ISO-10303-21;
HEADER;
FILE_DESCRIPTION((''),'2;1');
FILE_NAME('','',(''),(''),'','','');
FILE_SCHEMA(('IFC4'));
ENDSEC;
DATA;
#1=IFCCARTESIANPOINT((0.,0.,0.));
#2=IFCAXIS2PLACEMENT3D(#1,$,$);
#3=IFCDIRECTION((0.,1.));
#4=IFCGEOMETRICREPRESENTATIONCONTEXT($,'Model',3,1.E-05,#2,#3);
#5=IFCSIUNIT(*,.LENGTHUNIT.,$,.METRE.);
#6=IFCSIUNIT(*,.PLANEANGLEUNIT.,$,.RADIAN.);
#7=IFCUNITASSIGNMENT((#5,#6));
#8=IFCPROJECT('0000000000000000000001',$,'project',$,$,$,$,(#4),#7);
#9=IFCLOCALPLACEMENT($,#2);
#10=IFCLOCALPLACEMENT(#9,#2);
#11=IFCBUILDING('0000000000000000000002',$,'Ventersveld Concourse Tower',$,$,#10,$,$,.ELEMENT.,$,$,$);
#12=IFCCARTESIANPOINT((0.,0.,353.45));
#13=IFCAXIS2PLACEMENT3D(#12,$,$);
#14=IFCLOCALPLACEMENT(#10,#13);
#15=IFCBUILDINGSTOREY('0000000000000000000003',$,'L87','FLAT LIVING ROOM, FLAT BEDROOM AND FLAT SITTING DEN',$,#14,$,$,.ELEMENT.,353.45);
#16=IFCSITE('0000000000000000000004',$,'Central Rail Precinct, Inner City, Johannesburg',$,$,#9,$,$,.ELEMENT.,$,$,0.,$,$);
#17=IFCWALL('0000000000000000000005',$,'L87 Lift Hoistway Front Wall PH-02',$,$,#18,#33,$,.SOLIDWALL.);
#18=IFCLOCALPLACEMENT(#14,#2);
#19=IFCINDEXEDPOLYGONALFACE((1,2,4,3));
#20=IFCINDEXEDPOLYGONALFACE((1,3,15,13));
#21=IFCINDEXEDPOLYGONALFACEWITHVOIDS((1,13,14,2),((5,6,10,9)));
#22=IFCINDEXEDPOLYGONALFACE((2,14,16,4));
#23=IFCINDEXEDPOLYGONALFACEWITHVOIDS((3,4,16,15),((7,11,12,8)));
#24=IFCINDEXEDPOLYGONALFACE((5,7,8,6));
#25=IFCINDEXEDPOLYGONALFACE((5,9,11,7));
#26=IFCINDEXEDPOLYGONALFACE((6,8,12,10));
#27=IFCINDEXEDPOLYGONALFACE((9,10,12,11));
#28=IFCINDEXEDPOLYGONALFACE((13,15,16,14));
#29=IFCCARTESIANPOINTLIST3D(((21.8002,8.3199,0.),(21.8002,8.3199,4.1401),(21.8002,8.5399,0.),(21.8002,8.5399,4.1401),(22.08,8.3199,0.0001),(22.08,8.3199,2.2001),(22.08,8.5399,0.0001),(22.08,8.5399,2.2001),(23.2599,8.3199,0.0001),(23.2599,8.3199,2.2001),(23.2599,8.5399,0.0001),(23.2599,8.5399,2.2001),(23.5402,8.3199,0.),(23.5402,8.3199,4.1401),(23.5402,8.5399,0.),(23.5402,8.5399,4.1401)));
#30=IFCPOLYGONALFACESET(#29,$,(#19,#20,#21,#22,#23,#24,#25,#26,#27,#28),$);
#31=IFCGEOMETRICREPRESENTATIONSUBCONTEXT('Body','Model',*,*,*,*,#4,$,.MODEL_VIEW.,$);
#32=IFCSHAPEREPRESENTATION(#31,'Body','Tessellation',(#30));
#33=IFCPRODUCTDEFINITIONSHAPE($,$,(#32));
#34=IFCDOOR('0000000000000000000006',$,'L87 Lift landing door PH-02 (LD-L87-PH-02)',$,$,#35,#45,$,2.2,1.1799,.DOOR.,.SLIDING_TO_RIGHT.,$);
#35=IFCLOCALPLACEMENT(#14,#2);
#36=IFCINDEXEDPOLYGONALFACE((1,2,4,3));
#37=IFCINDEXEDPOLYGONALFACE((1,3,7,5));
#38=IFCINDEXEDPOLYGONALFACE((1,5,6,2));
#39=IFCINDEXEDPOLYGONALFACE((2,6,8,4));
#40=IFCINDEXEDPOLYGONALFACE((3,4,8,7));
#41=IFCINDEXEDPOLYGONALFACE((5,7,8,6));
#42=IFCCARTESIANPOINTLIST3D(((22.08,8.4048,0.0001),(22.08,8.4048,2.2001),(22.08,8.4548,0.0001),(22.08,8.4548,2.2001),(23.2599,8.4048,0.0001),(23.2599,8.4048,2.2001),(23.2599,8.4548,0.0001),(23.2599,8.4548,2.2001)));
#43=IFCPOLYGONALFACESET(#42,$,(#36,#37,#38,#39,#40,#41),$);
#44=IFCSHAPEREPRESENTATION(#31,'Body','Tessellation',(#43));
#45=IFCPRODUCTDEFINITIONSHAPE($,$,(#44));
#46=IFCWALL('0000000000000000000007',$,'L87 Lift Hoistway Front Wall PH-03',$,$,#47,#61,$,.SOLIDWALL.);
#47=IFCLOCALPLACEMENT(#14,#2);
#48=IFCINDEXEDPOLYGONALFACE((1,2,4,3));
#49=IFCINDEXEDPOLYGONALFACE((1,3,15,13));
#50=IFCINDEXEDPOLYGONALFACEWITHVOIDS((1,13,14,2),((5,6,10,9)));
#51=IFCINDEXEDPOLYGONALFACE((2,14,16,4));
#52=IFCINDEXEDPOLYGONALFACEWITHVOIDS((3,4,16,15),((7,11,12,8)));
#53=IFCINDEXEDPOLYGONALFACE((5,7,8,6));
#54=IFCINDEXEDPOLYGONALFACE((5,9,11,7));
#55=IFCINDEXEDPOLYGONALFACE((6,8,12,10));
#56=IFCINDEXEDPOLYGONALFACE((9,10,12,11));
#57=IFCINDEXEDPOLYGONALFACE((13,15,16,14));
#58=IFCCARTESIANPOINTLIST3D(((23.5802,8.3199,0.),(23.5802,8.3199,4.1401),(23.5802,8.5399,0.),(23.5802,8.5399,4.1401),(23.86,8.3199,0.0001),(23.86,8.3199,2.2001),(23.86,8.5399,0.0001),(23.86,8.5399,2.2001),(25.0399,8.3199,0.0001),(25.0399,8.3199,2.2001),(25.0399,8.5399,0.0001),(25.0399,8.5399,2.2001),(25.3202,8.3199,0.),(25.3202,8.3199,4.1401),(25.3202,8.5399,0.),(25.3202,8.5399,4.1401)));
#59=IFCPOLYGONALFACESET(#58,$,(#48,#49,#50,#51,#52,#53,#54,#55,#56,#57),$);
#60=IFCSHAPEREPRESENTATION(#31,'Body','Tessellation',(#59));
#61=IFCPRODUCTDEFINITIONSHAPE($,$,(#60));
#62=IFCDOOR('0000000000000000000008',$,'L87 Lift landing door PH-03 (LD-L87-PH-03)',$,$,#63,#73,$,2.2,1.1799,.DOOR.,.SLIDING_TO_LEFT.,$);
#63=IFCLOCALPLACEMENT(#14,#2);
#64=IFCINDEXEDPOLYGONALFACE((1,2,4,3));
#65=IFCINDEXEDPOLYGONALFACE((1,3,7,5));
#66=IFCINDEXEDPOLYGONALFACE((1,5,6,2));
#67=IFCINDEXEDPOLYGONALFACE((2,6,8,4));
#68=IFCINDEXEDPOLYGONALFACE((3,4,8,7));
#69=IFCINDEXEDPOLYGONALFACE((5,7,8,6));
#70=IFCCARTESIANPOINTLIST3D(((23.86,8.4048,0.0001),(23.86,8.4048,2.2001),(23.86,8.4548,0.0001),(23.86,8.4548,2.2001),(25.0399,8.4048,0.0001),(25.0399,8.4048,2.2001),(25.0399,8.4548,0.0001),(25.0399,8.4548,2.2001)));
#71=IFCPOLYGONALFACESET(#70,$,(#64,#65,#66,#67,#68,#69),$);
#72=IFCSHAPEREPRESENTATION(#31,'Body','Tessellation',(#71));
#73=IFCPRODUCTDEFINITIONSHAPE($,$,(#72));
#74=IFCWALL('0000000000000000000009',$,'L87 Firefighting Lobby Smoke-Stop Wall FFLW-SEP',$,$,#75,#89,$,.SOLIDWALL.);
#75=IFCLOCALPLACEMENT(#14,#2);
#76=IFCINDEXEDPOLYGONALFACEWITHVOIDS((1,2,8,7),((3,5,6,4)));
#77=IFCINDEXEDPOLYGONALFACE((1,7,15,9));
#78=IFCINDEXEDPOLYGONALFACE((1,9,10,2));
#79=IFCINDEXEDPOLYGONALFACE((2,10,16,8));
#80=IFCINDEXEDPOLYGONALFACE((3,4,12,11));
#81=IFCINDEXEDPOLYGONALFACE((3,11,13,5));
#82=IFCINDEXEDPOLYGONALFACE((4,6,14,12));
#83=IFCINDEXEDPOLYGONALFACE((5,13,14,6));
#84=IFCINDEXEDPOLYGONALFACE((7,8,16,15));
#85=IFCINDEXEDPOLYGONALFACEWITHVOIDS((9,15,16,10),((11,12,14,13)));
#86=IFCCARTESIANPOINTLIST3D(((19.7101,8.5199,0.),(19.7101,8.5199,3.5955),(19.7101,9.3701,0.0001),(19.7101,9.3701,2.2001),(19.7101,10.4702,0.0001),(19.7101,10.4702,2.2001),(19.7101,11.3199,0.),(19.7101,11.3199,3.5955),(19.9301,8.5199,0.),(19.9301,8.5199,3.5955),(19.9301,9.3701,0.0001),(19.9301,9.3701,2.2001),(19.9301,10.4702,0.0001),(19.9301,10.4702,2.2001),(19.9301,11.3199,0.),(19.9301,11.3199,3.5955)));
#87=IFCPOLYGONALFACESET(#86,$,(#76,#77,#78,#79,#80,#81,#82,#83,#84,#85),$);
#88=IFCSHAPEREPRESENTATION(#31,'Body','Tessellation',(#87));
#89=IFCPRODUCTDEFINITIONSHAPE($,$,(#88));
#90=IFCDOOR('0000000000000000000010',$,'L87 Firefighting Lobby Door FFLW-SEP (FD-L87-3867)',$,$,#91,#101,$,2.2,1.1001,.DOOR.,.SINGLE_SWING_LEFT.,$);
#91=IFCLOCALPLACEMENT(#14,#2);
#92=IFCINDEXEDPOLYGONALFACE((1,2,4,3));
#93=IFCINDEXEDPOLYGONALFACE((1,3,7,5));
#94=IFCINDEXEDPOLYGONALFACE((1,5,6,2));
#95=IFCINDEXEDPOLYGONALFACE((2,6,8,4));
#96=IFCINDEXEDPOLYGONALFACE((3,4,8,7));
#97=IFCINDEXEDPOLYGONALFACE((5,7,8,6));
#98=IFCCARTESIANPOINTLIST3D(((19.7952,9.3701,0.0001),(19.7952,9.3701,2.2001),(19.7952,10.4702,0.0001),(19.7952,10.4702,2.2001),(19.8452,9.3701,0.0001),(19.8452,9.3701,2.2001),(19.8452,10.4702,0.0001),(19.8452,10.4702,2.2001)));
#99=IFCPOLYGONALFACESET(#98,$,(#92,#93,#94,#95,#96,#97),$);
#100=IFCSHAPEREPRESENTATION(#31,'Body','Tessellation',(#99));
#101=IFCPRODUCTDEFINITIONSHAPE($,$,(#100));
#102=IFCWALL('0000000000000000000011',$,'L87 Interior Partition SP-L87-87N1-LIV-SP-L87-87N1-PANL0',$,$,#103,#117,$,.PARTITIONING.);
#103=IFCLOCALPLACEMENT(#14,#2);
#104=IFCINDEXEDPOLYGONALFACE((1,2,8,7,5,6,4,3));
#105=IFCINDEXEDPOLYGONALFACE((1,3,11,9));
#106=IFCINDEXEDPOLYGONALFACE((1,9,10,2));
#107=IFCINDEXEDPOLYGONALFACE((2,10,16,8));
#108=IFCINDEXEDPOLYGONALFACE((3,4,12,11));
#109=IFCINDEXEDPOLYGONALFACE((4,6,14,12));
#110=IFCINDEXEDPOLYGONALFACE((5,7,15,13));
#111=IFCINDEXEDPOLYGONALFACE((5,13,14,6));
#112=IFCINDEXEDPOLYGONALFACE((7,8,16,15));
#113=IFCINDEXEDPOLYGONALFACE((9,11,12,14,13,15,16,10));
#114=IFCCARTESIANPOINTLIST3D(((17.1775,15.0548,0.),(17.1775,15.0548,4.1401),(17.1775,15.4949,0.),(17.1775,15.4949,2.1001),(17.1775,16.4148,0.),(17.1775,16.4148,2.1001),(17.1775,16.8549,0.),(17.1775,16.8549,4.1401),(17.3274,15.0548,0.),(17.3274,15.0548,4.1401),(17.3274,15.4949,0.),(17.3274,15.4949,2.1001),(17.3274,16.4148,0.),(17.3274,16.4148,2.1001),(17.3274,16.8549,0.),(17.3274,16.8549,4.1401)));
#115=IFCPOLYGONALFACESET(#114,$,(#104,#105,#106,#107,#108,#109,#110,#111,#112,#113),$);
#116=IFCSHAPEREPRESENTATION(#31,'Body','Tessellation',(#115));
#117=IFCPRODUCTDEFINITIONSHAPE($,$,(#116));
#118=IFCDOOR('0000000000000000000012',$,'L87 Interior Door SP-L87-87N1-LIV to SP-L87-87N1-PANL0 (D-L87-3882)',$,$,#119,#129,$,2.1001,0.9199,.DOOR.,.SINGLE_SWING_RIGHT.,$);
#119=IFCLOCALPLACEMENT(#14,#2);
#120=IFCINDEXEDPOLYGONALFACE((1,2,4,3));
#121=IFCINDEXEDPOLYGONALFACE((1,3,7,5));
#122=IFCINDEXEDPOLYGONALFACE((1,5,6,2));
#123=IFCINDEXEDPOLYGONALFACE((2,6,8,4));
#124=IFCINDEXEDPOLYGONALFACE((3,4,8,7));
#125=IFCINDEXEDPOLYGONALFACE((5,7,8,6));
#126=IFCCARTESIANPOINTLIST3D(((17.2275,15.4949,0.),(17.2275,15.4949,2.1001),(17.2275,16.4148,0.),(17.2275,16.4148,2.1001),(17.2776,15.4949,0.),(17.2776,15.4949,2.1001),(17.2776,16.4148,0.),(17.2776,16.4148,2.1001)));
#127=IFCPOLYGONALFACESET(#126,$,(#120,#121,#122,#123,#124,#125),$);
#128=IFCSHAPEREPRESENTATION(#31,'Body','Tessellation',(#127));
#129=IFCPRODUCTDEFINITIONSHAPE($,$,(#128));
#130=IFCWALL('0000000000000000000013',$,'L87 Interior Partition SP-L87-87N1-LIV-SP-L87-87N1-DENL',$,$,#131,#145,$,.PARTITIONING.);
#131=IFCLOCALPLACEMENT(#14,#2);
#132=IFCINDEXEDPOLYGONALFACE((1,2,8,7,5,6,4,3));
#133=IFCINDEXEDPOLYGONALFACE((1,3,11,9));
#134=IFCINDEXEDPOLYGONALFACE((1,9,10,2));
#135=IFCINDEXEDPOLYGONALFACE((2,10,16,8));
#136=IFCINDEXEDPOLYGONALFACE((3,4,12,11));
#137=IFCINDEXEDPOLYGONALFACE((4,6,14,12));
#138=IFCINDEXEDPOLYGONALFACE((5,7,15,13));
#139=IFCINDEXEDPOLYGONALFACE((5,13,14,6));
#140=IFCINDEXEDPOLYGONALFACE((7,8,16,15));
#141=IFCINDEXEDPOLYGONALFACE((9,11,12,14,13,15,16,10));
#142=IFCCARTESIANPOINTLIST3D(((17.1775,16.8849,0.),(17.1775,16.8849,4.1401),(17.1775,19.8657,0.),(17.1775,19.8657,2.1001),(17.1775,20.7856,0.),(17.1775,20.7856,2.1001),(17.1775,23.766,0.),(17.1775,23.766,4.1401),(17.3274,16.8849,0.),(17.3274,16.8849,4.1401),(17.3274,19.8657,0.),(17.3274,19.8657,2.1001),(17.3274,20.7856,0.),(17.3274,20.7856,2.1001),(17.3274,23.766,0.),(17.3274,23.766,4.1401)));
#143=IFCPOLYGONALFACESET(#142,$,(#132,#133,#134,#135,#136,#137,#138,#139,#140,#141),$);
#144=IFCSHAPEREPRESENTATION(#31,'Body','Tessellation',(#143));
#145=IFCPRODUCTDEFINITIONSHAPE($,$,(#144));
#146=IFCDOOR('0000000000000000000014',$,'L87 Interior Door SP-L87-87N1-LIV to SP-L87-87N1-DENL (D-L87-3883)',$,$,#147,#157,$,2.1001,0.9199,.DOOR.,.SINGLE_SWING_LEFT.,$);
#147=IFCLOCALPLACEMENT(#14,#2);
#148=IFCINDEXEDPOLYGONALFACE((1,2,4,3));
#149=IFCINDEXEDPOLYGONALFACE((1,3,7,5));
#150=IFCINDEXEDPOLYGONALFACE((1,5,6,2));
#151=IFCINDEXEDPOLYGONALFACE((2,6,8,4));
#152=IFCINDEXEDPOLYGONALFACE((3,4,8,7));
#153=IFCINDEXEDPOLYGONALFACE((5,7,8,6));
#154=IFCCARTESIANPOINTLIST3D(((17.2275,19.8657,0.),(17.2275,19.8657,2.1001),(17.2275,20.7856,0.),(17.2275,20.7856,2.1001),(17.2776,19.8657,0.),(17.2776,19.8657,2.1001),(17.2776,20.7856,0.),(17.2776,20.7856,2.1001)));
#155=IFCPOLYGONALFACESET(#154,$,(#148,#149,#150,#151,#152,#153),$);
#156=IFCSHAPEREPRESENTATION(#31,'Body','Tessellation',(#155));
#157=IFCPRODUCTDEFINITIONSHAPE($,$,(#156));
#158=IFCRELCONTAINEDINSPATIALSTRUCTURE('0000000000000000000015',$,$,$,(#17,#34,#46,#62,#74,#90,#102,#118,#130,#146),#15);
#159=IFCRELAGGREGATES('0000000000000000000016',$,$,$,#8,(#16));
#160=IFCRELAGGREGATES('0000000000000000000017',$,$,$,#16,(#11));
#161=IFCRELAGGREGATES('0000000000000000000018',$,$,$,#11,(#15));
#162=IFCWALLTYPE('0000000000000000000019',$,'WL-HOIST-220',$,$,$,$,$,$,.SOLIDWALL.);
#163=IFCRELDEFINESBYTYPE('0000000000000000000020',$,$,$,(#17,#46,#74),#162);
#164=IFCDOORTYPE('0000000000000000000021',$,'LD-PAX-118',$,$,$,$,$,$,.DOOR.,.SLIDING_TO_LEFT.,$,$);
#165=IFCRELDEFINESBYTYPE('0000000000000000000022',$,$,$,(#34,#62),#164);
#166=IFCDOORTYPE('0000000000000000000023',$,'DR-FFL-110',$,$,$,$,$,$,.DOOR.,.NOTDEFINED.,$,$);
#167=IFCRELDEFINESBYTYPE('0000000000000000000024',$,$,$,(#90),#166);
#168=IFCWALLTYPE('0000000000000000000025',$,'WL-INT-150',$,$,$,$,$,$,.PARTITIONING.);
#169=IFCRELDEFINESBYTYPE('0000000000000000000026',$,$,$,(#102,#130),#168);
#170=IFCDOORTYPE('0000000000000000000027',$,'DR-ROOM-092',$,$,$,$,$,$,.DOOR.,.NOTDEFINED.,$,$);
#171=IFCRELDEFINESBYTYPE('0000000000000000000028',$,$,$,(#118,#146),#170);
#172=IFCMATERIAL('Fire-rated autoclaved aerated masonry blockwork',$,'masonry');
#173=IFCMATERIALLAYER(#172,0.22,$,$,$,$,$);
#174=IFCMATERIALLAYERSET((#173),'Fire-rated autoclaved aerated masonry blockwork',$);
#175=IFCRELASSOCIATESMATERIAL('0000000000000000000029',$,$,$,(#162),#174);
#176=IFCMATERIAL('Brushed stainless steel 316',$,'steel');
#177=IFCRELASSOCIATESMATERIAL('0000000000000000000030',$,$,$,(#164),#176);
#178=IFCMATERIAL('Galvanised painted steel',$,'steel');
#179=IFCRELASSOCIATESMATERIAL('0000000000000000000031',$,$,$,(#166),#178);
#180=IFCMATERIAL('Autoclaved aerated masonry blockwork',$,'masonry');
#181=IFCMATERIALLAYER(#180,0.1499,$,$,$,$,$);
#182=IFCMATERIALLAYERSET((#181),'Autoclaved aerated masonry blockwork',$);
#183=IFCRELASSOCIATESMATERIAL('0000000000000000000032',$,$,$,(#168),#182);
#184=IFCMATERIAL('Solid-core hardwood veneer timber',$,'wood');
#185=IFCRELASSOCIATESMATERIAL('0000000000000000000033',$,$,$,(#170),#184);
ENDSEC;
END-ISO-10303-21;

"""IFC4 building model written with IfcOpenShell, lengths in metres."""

from ifc_helpers import new_model, si_unit, direction, frame, frame_2d, origin, place, context, subcontext, project, spatial, rectangle, extrude, material, layer, layer_set, type_object, element, fill, save


model = new_model("IFC4")

# Units and contexts
model_context = context("Model", 3, precision=1e-05, world=origin(), true_north=direction((0.0, 1.0)))
body_context = subcontext(model_context, "Body", "Model", "MODEL_VIEW")
ifc_project = project(units=[si_unit("LENGTHUNIT", "METRE"), si_unit("PLANEANGLEUNIT", "RADIAN")], contexts=[model_context])

# Site, building, storey
site_placement = place(None, origin())
site = spatial("IfcSite", under=ifc_project, at=site_placement, Name="Central Rail Precinct, Inner City, Johannesburg", CompositionType="ELEMENT", RefElevation=0.0)
building_placement = place(site_placement, origin())
building = spatial("IfcBuilding", under=site, at=building_placement, Name="Ventersveld Concourse Tower", CompositionType="ELEMENT")
storey_placement = place(building_placement, frame((0.0, 0.0, 353.45)))
storey = spatial("IfcBuildingStorey", under=building, at=storey_placement, Name="L87", Description="FLAT LIVING ROOM, FLAT BEDROOM AND FLAT SITTING DEN", CompositionType="ELEMENT", Elevation=353.45)

# Shared definitions
ifc_material_1 = material(Name="Fire-rated autoclaved aerated masonry blockwork", Category="masonry")

# Walls, openings, doors
ifc_layer_1 = layer(ifc_material_1, 0.22)
ifc_layer_set_1 = layer_set([ifc_layer_1], Name="Fire-rated autoclaved aerated masonry blockwork")
wall_type_1 = type_object("IfcWallType", Name="WL-HOIST-220", PredefinedType="SOLIDWALL", material=ifc_layer_set_1)
wall_1_placement = place(storey_placement, frame((21.8, 8.4299, 0.0), z_axis=(0.0, 0.0, 1.0), x_axis=(1.0, 0.0, 0.0)))
wall_1 = element("IfcWall", 1, at=wall_1_placement, inside=storey, type_object=wall_type_1, Name="L87 Lift Hoistway Front Wall PH-02", PredefinedType="SOLIDWALL", context=body_context, shape_type="SweptSolid", body=[
    extrude(rectangle(XDim=1.74, YDim=0.22, at=frame_2d((0.8701, 0.0))), origin(), (0.0, 0.0, 1.0), 4.1401),
])
opening_1_placement = place(wall_1_placement, frame((0.28, 0.0, 0.0)))
opening_1 = element("IfcOpeningElement", 2, at=opening_1_placement, cuts=wall_1, PredefinedType="OPENING", context=body_context, shape_type="SweptSolid", body=[
    extrude(rectangle(XDim=1.1799, YDim=2.2, at=frame_2d((0.5898, 1.1001))), frame((0.0, 0.1201, 0.0), z_axis=(0.0, -1.0, 0.0), x_axis=(1.0, 0.0, 0.0)), (0.0, 0.0, 1.0), 0.24),
])
ifc_material_2 = material(Name="Brushed stainless steel 316", Category="steel")
door_type_1 = type_object("IfcDoorType", Name="LD-PAX-118", OperationType="SLIDING_TO_LEFT", PredefinedType="DOOR", material=ifc_material_2)
door_1_placement = place(opening_1_placement, origin())
door_1 = element("IfcDoor", 3, at=door_1_placement, inside=storey, type_object=door_type_1, Name="L87 Lift landing door PH-02 (LD-L87-PH-02)", OperationType="SLIDING_TO_RIGHT", OverallHeight=2.2, OverallWidth=1.1799, PredefinedType="DOOR", context=body_context, shape_type="SweptSolid", body=[
    extrude(rectangle(XDim=1.1799, YDim=2.2, at=frame_2d((0.5898, 1.1001))), frame((0.0, 0.0249, 0.0), z_axis=(0.0, -1.0, 0.0), x_axis=(1.0, 0.0, 0.0)), (0.0, 0.0, 1.0), 0.05),
])
fill(opening_1, door_1)
wall_2_placement = place(storey_placement, frame((23.5801, 8.4299, 0.0), z_axis=(0.0, 0.0, 1.0), x_axis=(1.0, 0.0, 0.0)))
wall_2 = element("IfcWall", 4, at=wall_2_placement, inside=storey, type_object=wall_type_1, Name="L87 Lift Hoistway Front Wall PH-03", PredefinedType="SOLIDWALL", context=body_context, shape_type="SweptSolid", body=[
    extrude(rectangle(XDim=1.74, YDim=0.22, at=frame_2d((0.8701, 0.0))), origin(), (0.0, 0.0, 1.0), 4.1401),
])
opening_2_placement = place(wall_2_placement, frame((0.28, 0.0, 0.0)))
opening_2 = element("IfcOpeningElement", 5, at=opening_2_placement, cuts=wall_2, PredefinedType="OPENING", context=body_context, shape_type="SweptSolid", body=[
    extrude(rectangle(XDim=1.1799, YDim=2.2, at=frame_2d((0.5898, 1.1001))), frame((0.0, 0.1201, 0.0), z_axis=(0.0, -1.0, 0.0), x_axis=(1.0, 0.0, 0.0)), (0.0, 0.0, 1.0), 0.24),
])
door_2_placement = place(opening_2_placement, origin())
door_2 = element("IfcDoor", 6, at=door_2_placement, inside=storey, type_object=door_type_1, Name="L87 Lift landing door PH-03 (LD-L87-PH-03)", OperationType="SLIDING_TO_LEFT", OverallHeight=2.2, OverallWidth=1.1799, PredefinedType="DOOR", context=body_context, shape_type="SweptSolid", body=[
    extrude(rectangle(XDim=1.1799, YDim=2.2, at=frame_2d((0.5898, 1.1001))), frame((0.0, 0.0249, 0.0), z_axis=(0.0, -1.0, 0.0), x_axis=(1.0, 0.0, 0.0)), (0.0, 0.0, 1.0), 0.05),
])
fill(opening_2, door_2)
wall_3_placement = place(storey_placement, frame((19.8201, 8.52, 0.0), z_axis=(0.0, 0.0, 1.0), x_axis=(0.0, 1.0, 0.0)))
wall_3 = element("IfcWall", 7, at=wall_3_placement, inside=storey, type_object=wall_type_1, Name="L87 Firefighting Lobby Smoke-Stop Wall FFLW-SEP", PredefinedType="SOLIDWALL", context=body_context, shape_type="SweptSolid", body=[
    extrude(rectangle(XDim=2.8, YDim=0.22, at=frame_2d((1.3999, 0.0))), origin(), (0.0, 0.0, 1.0), 3.5955),
])
opening_3_placement = place(wall_3_placement, frame((0.8501, 0.0, 0.0)))
opening_3 = element("IfcOpeningElement", 8, at=opening_3_placement, cuts=wall_3, PredefinedType="OPENING", context=body_context, shape_type="SweptSolid", body=[
    extrude(rectangle(XDim=1.1001, YDim=2.2, at=frame_2d((0.55, 1.1001))), frame((0.0, 0.1201, 0.0), z_axis=(0.0, -1.0, 0.0), x_axis=(1.0, 0.0, 0.0)), (0.0, 0.0, 1.0), 0.24),
])
ifc_material_3 = material(Name="Galvanised painted steel", Category="steel")
door_type_2 = type_object("IfcDoorType", Name="DR-FFL-110", OperationType="NOTDEFINED", PredefinedType="DOOR", material=ifc_material_3)
door_3_placement = place(opening_3_placement, origin())
door_3 = element("IfcDoor", 9, at=door_3_placement, inside=storey, type_object=door_type_2, Name="L87 Firefighting Lobby Door FFLW-SEP (FD-L87-3867)", OperationType="SINGLE_SWING_LEFT", OverallHeight=2.2, OverallWidth=1.1001, PredefinedType="DOOR", context=body_context, shape_type="SweptSolid", body=[
    extrude(rectangle(XDim=1.1001, YDim=2.2, at=frame_2d((0.55, 1.1001))), frame((0.0, 0.0249, 0.0), z_axis=(0.0, -1.0, 0.0), x_axis=(1.0, 0.0, 0.0)), (0.0, 0.0, 1.0), 0.05),
])
fill(opening_3, door_3)
ifc_material_4 = material(Name="Autoclaved aerated masonry blockwork", Category="masonry")
ifc_layer_2 = layer(ifc_material_4, 0.1499)
ifc_layer_set_2 = layer_set([ifc_layer_2], Name="Autoclaved aerated masonry blockwork")
wall_type_2 = type_object("IfcWallType", Name="WL-INT-150", PredefinedType="PARTITIONING", material=ifc_layer_set_2)
wall_4_placement = place(storey_placement, frame((17.2524, 15.0549, 0.0), z_axis=(0.0, 0.0, 1.0), x_axis=(0.0, 1.0, 0.0)))
wall_4 = element("IfcWall", 10, at=wall_4_placement, inside=storey, type_object=wall_type_2, Name="L87 Interior Partition SP-L87-87N1-LIV-SP-L87-87N1-PANL0", PredefinedType="PARTITIONING", context=body_context, shape_type="SweptSolid", body=[
    extrude(rectangle(XDim=1.8, YDim=0.1499, at=frame_2d((0.8999, 0.0))), origin(), (0.0, 0.0, 1.0), 4.1401),
])
opening_4_placement = place(wall_4_placement, frame((0.4399, 0.0, 0.0)))
opening_4 = element("IfcOpeningElement", 11, at=opening_4_placement, cuts=wall_4, PredefinedType="OPENING", context=body_context, shape_type="SweptSolid", body=[
    extrude(rectangle(XDim=0.9199, YDim=2.1001, at=frame_2d((0.46, 1.05))), frame((0.0, 0.085, 0.0), z_axis=(0.0, -1.0, 0.0), x_axis=(1.0, 0.0, 0.0)), (0.0, 0.0, 1.0), 0.1699),
])
ifc_material_5 = material(Name="Solid-core hardwood veneer timber", Category="wood")
door_type_3 = type_object("IfcDoorType", Name="DR-ROOM-092", OperationType="NOTDEFINED", PredefinedType="DOOR", material=ifc_material_5)
door_4_placement = place(opening_4_placement, origin())
door_4 = element("IfcDoor", 12, at=door_4_placement, inside=storey, type_object=door_type_3, Name="L87 Interior Door SP-L87-87N1-LIV to SP-L87-87N1-PANL0 (D-L87-3882)", OperationType="SINGLE_SWING_RIGHT", OverallHeight=2.1001, OverallWidth=0.9199, PredefinedType="DOOR", context=body_context, shape_type="SweptSolid", body=[
    extrude(rectangle(XDim=0.9199, YDim=2.1001, at=frame_2d((0.46, 1.05))), frame((0.0, 0.0249, 0.0), z_axis=(0.0, -1.0, 0.0), x_axis=(1.0, 0.0, 0.0)), (0.0, 0.0, 1.0), 0.05),
])
fill(opening_4, door_4)
wall_5_placement = place(storey_placement, frame((17.2524, 16.885, 0.0), z_axis=(0.0, 0.0, 1.0), x_axis=(0.0, 1.0, 0.0)))
wall_5 = element("IfcWall", 13, at=wall_5_placement, inside=storey, type_object=wall_type_2, Name="L87 Interior Partition SP-L87-87N1-LIV-SP-L87-87N1-DENL", PredefinedType="PARTITIONING", context=body_context, shape_type="SweptSolid", body=[
    extrude(rectangle(XDim=6.8811, YDim=0.1499, at=frame_2d((3.4404, 0.0))), origin(), (0.0, 0.0, 1.0), 4.1401),
])
opening_5_placement = place(wall_5_placement, frame((2.9807, 0.0, 0.0)))
opening_5 = element("IfcOpeningElement", 14, at=opening_5_placement, cuts=wall_5, PredefinedType="OPENING", context=body_context, shape_type="SweptSolid", body=[
    extrude(rectangle(XDim=0.9199, YDim=2.1001, at=frame_2d((0.46, 1.05))), frame((0.0, 0.085, 0.0), z_axis=(0.0, -1.0, 0.0), x_axis=(1.0, 0.0, 0.0)), (0.0, 0.0, 1.0), 0.1699),
])
door_5_placement = place(opening_5_placement, origin())
door_5 = element("IfcDoor", 15, at=door_5_placement, inside=storey, type_object=door_type_3, Name="L87 Interior Door SP-L87-87N1-LIV to SP-L87-87N1-DENL (D-L87-3883)", OperationType="SINGLE_SWING_LEFT", OverallHeight=2.1001, OverallWidth=0.9199, PredefinedType="DOOR", context=body_context, shape_type="SweptSolid", body=[
    extrude(rectangle(XDim=0.9199, YDim=2.1001, at=frame_2d((0.46, 1.05))), frame((0.0, 0.0249, 0.0), z_axis=(0.0, -1.0, 0.0), x_axis=(1.0, 0.0, 0.0)), (0.0, 0.0, 1.0), 0.05),
])
fill(opening_5, door_5)

save(model, "model.ifc")
